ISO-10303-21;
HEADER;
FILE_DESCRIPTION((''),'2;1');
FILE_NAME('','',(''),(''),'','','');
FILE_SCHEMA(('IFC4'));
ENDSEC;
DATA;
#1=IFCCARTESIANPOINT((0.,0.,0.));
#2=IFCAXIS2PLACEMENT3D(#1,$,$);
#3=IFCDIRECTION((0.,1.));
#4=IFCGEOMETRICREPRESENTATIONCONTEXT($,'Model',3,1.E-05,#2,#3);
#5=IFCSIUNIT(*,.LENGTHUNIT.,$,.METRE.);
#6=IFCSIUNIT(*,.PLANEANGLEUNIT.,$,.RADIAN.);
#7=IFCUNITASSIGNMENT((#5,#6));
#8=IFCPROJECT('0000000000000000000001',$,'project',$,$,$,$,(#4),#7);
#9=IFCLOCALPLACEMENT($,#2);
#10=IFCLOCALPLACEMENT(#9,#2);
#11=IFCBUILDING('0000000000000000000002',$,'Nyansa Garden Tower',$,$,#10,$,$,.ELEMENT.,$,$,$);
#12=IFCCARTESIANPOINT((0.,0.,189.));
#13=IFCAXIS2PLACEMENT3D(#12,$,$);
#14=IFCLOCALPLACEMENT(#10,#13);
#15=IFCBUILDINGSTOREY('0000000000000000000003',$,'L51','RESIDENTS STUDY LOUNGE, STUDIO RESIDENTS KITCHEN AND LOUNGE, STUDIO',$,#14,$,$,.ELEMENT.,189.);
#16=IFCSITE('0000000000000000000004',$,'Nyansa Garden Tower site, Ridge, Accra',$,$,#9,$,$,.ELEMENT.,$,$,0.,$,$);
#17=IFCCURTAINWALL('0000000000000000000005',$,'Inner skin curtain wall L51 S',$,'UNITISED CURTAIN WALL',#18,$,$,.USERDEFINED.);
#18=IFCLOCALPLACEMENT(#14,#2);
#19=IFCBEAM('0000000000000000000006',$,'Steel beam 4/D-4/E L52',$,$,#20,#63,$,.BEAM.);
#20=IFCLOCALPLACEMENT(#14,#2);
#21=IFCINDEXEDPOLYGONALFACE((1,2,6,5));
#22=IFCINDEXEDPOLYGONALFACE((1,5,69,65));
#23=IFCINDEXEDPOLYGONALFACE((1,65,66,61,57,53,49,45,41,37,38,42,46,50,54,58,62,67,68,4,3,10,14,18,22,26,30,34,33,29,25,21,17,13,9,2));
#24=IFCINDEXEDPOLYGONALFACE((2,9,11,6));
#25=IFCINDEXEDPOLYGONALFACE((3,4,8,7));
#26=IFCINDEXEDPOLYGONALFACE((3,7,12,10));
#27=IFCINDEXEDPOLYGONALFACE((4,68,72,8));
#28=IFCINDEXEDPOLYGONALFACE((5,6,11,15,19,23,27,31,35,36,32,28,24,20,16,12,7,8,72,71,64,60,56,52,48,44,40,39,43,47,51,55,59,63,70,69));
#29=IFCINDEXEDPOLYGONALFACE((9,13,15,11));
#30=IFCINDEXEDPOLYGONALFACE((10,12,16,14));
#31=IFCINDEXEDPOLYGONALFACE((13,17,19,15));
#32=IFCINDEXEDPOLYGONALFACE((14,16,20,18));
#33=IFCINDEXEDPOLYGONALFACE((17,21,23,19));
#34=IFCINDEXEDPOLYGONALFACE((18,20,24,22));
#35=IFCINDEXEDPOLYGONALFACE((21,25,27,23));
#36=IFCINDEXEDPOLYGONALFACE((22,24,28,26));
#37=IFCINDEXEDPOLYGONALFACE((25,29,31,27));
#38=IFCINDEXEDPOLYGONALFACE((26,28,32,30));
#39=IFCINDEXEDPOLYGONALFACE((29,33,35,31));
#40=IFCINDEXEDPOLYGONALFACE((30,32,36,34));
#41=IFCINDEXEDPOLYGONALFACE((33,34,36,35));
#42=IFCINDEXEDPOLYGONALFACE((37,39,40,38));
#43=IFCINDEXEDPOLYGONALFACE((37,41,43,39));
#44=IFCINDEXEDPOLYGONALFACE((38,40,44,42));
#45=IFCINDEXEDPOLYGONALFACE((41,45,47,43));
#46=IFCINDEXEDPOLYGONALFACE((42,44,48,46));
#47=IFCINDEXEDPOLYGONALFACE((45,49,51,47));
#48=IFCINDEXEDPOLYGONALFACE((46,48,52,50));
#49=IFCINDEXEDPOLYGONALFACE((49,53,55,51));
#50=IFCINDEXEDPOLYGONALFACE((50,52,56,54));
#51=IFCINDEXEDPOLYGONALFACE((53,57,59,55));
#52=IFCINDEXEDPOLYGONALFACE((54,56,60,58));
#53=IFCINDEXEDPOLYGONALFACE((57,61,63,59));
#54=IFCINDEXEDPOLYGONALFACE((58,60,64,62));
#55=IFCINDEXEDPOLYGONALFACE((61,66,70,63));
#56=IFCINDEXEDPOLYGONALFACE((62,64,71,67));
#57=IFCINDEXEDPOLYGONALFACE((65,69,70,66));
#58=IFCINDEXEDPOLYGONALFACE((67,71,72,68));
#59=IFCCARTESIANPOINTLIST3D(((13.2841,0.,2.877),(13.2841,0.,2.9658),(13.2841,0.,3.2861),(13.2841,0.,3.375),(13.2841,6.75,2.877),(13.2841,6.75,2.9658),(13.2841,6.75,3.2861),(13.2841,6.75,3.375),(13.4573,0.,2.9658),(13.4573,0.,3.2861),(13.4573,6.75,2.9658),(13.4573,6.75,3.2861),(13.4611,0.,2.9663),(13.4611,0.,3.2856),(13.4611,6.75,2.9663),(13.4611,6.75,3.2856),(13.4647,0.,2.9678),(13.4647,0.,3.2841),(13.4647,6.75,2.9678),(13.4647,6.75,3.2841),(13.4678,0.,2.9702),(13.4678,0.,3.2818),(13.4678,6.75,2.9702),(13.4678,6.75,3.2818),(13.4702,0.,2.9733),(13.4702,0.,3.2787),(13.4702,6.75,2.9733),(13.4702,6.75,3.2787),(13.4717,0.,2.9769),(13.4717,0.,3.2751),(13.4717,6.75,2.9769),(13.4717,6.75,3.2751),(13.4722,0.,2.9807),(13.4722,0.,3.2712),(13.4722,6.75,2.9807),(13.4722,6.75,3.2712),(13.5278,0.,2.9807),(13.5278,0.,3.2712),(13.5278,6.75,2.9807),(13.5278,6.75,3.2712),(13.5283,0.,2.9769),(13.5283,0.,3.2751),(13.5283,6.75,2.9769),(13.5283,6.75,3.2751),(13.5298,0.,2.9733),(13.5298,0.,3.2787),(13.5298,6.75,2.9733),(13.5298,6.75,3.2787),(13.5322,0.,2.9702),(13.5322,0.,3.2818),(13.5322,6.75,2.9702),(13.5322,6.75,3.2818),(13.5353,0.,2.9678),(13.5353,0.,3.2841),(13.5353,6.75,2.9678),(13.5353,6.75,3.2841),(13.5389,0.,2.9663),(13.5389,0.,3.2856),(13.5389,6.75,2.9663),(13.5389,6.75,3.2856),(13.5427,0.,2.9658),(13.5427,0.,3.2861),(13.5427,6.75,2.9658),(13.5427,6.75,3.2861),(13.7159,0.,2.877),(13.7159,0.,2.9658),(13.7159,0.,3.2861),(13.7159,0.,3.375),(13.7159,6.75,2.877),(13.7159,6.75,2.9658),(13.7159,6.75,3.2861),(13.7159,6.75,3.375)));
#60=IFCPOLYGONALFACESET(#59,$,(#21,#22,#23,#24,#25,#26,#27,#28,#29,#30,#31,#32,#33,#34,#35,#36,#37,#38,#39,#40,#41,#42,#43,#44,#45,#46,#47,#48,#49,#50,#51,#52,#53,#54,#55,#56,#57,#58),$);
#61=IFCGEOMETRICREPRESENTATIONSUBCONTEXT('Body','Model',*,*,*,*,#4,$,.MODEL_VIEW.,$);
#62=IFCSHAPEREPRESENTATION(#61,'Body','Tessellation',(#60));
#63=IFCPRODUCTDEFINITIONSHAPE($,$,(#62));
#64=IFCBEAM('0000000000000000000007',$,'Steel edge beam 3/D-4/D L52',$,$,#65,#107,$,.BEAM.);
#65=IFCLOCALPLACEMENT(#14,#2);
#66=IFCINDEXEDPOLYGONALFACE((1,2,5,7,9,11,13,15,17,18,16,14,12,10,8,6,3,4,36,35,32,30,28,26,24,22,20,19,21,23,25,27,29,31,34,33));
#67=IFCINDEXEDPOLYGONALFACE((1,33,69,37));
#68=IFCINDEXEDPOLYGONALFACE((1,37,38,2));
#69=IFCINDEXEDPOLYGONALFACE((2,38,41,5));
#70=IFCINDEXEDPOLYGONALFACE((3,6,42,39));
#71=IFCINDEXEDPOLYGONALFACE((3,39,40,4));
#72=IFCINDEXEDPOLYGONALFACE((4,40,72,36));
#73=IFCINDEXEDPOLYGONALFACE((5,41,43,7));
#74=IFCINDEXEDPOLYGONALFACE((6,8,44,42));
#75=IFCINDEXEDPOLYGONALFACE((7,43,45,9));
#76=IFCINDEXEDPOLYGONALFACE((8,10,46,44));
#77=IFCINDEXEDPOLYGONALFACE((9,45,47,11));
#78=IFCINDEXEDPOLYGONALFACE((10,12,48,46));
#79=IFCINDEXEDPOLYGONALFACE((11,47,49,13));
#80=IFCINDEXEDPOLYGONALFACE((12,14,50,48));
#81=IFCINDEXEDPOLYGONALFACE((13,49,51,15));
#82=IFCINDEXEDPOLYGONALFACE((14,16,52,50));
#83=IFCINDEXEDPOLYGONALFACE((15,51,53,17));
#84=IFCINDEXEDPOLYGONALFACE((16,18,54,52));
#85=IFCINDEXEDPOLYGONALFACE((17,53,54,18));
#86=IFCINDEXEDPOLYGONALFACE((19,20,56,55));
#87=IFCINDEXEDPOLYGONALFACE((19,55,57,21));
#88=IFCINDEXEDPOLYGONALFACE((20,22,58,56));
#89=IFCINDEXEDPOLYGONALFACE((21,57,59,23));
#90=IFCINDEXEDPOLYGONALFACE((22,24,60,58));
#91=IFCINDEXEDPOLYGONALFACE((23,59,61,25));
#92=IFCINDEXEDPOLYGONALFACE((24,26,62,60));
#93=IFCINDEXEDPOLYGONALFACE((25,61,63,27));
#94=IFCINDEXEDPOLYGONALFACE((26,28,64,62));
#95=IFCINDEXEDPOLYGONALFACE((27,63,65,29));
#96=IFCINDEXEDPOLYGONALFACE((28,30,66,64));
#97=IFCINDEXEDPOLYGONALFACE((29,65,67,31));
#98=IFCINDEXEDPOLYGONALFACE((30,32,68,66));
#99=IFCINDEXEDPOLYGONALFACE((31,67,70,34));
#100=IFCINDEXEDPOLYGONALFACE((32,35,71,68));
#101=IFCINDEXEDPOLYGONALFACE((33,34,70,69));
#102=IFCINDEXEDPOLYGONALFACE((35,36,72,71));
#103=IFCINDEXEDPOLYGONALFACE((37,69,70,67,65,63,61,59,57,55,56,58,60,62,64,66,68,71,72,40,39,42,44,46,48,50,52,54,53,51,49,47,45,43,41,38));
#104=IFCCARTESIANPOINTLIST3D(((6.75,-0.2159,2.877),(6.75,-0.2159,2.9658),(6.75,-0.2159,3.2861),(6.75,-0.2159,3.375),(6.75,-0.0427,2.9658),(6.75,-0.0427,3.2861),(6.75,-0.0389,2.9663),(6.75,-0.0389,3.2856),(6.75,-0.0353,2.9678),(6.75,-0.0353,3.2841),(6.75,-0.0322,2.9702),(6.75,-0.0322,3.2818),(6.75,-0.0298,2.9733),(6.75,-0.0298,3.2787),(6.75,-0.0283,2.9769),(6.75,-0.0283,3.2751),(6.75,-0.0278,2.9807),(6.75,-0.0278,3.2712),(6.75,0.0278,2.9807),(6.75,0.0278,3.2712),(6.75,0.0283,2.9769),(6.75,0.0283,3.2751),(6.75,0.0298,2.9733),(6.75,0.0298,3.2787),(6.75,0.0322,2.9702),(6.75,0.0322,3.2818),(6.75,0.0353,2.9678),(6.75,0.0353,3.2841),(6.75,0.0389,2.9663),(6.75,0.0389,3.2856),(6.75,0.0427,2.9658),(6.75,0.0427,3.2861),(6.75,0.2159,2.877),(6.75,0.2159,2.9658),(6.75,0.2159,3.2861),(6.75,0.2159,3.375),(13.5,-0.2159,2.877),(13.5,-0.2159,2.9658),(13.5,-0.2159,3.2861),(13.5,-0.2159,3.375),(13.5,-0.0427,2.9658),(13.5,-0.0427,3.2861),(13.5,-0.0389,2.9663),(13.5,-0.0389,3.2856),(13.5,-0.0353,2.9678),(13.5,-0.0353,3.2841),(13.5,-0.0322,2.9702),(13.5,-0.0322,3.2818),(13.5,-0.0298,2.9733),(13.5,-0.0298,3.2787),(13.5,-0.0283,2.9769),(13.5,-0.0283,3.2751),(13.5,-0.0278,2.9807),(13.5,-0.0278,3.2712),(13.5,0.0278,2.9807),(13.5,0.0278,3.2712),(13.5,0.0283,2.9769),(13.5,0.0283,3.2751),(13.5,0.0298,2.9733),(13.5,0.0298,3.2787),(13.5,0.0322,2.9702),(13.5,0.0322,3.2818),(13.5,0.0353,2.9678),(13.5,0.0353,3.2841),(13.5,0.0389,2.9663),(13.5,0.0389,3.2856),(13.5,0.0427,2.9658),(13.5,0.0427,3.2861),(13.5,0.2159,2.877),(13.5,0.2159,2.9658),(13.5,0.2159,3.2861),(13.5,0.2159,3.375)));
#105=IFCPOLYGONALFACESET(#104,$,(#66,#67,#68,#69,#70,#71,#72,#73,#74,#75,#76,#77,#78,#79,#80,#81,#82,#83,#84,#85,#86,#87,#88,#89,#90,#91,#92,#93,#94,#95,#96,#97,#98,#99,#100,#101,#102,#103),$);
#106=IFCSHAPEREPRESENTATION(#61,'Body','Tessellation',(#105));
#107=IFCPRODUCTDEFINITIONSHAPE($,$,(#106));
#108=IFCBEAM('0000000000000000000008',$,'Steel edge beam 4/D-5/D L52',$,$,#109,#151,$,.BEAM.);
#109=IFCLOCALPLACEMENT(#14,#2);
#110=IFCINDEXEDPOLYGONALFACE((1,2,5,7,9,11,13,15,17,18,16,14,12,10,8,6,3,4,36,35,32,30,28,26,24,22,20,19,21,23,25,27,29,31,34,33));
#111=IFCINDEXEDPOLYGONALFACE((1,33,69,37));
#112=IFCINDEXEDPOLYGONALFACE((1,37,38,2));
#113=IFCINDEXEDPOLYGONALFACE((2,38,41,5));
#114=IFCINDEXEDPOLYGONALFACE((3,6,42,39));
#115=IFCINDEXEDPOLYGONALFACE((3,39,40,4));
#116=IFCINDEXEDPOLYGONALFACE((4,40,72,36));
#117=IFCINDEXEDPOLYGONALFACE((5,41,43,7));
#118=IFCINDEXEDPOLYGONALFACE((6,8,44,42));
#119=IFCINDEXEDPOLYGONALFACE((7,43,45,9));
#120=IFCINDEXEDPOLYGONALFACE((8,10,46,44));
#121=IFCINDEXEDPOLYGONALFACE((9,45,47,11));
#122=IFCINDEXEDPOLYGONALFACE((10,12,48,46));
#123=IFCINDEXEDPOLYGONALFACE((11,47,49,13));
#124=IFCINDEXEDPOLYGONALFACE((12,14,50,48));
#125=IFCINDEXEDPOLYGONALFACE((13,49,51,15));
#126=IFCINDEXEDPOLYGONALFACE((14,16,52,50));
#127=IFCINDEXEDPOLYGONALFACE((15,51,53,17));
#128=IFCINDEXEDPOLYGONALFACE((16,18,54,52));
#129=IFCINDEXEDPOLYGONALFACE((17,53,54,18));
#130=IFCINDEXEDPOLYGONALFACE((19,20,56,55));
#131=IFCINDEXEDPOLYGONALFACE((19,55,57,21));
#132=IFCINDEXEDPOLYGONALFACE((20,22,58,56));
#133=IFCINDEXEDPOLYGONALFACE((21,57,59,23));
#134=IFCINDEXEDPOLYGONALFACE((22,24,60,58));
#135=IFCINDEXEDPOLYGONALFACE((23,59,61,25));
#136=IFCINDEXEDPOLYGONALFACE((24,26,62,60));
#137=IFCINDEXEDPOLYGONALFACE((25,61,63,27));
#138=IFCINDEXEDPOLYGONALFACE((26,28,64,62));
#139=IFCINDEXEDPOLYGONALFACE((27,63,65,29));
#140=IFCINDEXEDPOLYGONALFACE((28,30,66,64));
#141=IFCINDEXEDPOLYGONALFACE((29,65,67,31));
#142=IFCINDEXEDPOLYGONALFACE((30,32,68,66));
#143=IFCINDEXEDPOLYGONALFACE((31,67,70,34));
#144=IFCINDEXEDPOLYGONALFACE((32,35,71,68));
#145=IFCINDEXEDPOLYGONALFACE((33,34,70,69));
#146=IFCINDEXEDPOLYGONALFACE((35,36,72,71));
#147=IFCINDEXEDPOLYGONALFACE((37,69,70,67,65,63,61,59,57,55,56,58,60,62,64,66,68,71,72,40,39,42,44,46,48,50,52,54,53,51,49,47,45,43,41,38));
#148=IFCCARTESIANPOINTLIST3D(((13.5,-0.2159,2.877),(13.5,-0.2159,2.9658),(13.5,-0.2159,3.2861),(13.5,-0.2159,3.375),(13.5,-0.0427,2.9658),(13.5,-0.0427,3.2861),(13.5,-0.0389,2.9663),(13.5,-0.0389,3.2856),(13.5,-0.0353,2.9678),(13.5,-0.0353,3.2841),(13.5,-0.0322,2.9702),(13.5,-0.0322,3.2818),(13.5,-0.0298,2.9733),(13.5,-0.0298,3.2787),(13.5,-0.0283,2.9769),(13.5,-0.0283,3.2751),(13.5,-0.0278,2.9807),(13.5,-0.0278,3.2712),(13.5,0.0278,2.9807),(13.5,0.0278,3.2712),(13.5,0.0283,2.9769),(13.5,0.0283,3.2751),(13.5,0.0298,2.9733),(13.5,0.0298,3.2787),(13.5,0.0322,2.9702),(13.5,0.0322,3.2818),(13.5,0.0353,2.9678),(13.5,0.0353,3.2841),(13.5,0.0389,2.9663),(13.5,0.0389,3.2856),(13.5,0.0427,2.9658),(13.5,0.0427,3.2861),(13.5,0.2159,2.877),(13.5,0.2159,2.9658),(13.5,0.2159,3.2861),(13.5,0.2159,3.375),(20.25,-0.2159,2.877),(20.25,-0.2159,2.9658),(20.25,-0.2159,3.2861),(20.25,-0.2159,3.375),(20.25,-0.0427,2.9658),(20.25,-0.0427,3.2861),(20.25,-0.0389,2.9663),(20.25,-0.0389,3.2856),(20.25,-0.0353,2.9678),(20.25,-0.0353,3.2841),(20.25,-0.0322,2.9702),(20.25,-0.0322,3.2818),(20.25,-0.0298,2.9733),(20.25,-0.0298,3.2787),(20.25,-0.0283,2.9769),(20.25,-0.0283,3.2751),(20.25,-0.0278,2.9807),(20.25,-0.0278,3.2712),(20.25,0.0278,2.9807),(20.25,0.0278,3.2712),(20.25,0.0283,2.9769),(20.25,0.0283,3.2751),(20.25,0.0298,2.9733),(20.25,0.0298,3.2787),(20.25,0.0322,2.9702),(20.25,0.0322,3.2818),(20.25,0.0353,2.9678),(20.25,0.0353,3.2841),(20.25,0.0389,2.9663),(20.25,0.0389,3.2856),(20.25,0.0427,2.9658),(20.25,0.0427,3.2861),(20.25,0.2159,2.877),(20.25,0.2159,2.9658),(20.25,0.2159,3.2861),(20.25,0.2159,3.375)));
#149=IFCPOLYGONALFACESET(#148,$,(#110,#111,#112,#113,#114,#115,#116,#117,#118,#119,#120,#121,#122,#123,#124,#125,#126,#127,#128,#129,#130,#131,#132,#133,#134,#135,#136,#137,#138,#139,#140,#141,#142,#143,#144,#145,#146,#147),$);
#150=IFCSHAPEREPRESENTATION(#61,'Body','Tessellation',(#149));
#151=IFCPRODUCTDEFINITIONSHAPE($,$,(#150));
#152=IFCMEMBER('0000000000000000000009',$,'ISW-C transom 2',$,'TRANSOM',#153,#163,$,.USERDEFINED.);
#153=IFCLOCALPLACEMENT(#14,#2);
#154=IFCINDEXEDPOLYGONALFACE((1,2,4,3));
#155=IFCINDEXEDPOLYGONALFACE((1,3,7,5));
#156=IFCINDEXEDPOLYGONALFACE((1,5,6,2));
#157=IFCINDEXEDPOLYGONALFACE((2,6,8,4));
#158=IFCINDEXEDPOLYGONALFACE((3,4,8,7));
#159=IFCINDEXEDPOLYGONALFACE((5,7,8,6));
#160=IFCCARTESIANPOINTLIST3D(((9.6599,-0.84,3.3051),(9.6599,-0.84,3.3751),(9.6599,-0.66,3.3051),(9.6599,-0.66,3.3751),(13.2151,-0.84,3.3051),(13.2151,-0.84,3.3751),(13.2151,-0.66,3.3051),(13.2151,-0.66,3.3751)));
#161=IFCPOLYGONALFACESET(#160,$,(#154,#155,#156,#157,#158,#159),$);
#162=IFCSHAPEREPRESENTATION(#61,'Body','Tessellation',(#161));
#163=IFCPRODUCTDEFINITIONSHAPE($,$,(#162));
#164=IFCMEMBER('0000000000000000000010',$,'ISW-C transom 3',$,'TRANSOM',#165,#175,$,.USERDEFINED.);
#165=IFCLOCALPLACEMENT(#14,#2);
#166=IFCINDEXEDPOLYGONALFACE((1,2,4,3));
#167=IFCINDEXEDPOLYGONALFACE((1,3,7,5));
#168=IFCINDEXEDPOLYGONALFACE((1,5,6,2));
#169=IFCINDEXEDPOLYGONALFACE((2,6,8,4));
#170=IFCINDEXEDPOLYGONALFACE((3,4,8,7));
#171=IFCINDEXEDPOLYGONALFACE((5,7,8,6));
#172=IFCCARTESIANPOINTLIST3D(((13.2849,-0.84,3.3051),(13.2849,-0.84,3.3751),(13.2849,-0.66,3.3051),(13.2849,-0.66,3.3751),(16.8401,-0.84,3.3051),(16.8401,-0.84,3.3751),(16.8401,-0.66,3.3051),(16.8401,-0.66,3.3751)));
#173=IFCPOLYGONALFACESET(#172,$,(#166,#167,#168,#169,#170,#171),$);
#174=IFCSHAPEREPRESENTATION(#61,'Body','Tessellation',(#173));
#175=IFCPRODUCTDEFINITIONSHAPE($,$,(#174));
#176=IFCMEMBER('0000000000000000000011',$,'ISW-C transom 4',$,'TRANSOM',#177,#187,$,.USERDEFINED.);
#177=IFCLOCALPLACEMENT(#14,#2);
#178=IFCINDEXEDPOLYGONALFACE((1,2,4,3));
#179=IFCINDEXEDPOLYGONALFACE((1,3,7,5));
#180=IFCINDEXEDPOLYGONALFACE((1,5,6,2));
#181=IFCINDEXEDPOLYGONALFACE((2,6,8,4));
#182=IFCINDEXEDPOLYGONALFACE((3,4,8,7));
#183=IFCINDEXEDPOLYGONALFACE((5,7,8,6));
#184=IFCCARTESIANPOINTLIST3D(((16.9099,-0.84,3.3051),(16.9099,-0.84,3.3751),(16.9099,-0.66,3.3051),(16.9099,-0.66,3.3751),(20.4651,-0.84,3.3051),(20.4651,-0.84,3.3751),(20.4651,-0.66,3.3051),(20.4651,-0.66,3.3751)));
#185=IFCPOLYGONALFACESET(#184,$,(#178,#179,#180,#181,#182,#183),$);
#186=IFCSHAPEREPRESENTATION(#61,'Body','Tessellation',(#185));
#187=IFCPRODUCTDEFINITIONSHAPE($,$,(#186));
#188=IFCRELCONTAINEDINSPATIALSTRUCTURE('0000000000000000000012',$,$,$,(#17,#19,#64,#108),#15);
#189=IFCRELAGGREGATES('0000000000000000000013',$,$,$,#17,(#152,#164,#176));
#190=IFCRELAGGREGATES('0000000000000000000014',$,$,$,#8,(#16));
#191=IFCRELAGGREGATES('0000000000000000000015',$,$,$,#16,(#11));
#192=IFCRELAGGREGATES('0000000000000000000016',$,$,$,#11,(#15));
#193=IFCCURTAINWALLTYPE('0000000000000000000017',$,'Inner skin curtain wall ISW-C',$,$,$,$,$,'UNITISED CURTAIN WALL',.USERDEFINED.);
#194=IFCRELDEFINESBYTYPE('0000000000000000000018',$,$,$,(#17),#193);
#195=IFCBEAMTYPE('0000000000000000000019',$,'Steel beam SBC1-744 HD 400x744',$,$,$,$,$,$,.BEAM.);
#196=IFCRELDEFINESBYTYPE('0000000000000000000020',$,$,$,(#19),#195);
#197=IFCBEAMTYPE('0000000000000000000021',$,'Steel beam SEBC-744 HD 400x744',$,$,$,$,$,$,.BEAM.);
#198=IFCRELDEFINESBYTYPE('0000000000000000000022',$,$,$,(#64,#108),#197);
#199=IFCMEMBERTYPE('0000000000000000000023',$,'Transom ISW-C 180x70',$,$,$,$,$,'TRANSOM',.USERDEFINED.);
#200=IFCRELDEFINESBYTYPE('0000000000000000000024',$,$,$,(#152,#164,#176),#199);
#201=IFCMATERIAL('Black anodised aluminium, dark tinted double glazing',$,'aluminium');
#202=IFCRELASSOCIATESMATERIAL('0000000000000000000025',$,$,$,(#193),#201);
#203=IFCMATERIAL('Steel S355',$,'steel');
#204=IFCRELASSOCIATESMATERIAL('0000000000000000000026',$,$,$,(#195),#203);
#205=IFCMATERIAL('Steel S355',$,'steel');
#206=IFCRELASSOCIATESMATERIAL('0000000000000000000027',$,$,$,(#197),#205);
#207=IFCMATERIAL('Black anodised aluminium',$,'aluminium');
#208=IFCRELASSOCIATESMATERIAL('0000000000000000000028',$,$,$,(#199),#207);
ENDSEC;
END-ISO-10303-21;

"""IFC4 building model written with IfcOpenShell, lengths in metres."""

from ifc_helpers import new_model, si_unit, direction, frame, origin, origin_2d, place, context, subcontext, project, spatial, rectangle, i_section, extrude, material, material_profile, profile_set, type_object, element, aggregate, save


model = new_model("IFC4")

# Units and contexts
model_context = context("Model", 3, precision=1e-05, world=origin(), true_north=direction((0.0, 1.0)))
body_context = subcontext(model_context, "Body", "Model", "MODEL_VIEW")
ifc_project = project(units=[si_unit("LENGTHUNIT", "METRE"), si_unit("PLANEANGLEUNIT", "RADIAN")], contexts=[model_context])

# Site, building, storey
site_placement = place(None, origin())
site = spatial("IfcSite", under=ifc_project, at=site_placement, Name="Nyansa Garden Tower site, Ridge, Accra", CompositionType="ELEMENT", RefElevation=0.0)
building_placement = place(site_placement, origin())
building = spatial("IfcBuilding", under=site, at=building_placement, Name="Nyansa Garden Tower", CompositionType="ELEMENT")
storey_placement = place(building_placement, frame((0.0, 0.0, 189.0)))
storey = spatial("IfcBuildingStorey", under=building, at=storey_placement, Name="L51", Description="RESIDENTS STUDY LOUNGE, STUDIO RESIDENTS KITCHEN AND LOUNGE, STUDIO", CompositionType="ELEMENT", Elevation=189.0)

# Curtain wall
ifc_material_1 = material(Name="Black anodised aluminium, dark tinted double glazing", Category="aluminium")
curtain_wall_type = type_object("IfcCurtainWallType", Name="Inner skin curtain wall ISW-C", ElementType="UNITISED CURTAIN WALL", PredefinedType="USERDEFINED", material=ifc_material_1)
curtain_wall_placement = place(storey_placement, origin())
curtain_wall = element("IfcCurtainWall", 1, at=curtain_wall_placement, inside=storey, type_object=curtain_wall_type, Name="Inner skin curtain wall L51 S", ObjectType="UNITISED CURTAIN WALL", PredefinedType="USERDEFINED")

# Beams
ifc_material_2 = material(Name="Steel S355", Category="steel")
ifc_material_profile_1 = material_profile(ifc_material_2, i_section(OverallWidth=0.4319, OverallDepth=0.498, WebThickness=0.0557, FlangeThickness=0.0889, FilletRadius=0.0149, at=origin_2d()), Name="HD 400x744")
ifc_profile_set_1 = profile_set([ifc_material_profile_1], Name="Steel S355")
beam_type_1 = type_object("IfcBeamType", Name="Steel beam SBC1-744 HD 400x744", PredefinedType="BEAM", material=ifc_profile_set_1)
for number, where, z_axis, x_axis, name in (
    (2, (13.5, 0.0, 3.126), (0.0, 1.0, 0.0), (-1.0, 0.0, 0.0), "Steel beam 4/D-4/E L52"),
):
    element("IfcBeam", number, at=place(storey_placement, frame(where, z_axis=z_axis, x_axis=x_axis)), inside=storey, type_object=beam_type_1, Name=name, PredefinedType="BEAM", context=body_context, shape_type="SweptSolid", body=[
        extrude(i_section(OverallWidth=0.4319, OverallDepth=0.498, WebThickness=0.0557, FlangeThickness=0.0889, FilletRadius=0.0149, at=origin_2d()), origin(), (0.0, 0.0, 1.0), 6.75),
    ])
ifc_material_3 = material(Name="Steel S355", Category="steel")
ifc_material_profile_2 = material_profile(ifc_material_3, i_section(OverallWidth=0.4319, OverallDepth=0.498, WebThickness=0.0557, FlangeThickness=0.0889, FilletRadius=0.0149, at=origin_2d()), Name="HD 400x744")
ifc_profile_set_2 = profile_set([ifc_material_profile_2], Name="Steel S355")
beam_type_2 = type_object("IfcBeamType", Name="Steel beam SEBC-744 HD 400x744", PredefinedType="BEAM", material=ifc_profile_set_2)
for number, where, z_axis, x_axis, name in (
    (3, (6.75, 0.0, 3.126), (1.0, 0.0, 0.0), (0.0, 1.0, 0.0), "Steel edge beam 3/D-4/D L52"),
    (4, (13.5, 0.0, 3.126), (1.0, 0.0, 0.0), (0.0, 1.0, 0.0), "Steel edge beam 4/D-5/D L52"),
):
    element("IfcBeam", number, at=place(storey_placement, frame(where, z_axis=z_axis, x_axis=x_axis)), inside=storey, type_object=beam_type_2, Name=name, PredefinedType="BEAM", context=body_context, shape_type="SweptSolid", body=[
        extrude(i_section(OverallWidth=0.4319, OverallDepth=0.498, WebThickness=0.0557, FlangeThickness=0.0889, FilletRadius=0.0149, at=origin_2d()), origin(), (0.0, 0.0, 1.0), 6.75),
    ])

# Members
ifc_material_4 = material(Name="Black anodised aluminium", Category="aluminium")
ifc_material_profile_3 = material_profile(ifc_material_4, rectangle(XDim=0.1799, YDim=0.0701, at=origin_2d()), Name="Transom 180x70")
ifc_profile_set_3 = profile_set([ifc_material_profile_3], Name="Black anodised aluminium")
member_type_1 = type_object("IfcMemberType", Name="Transom ISW-C 180x70", ElementType="TRANSOM", PredefinedType="USERDEFINED", material=ifc_profile_set_3)
member_1_placement = place(storey_placement, frame((9.6599, -0.75, 3.3401), z_axis=(1.0, 0.0, 0.0), x_axis=(0.0, 1.0, 0.0)))
member_1 = element("IfcMember", 5, at=member_1_placement, type_object=member_type_1, Name="ISW-C transom 2", ObjectType="TRANSOM", PredefinedType="USERDEFINED", context=body_context, shape_type="SweptSolid", body=[
    extrude(rectangle(XDim=0.1799, YDim=0.0701, at=origin_2d()), origin(), (0.0, 0.0, 1.0), 3.5552),
])
member_2_placement = place(storey_placement, frame((13.2849, -0.75, 3.3401), z_axis=(1.0, 0.0, 0.0), x_axis=(0.0, 1.0, 0.0)))
member_2 = element("IfcMember", 6, at=member_2_placement, type_object=member_type_1, Name="ISW-C transom 3", ObjectType="TRANSOM", PredefinedType="USERDEFINED", context=body_context, shape_type="SweptSolid", body=[
    extrude(rectangle(XDim=0.1799, YDim=0.0701, at=origin_2d()), origin(), (0.0, 0.0, 1.0), 3.5552),
])
member_3_placement = place(storey_placement, frame((16.9099, -0.75, 3.3401), z_axis=(1.0, 0.0, 0.0), x_axis=(0.0, 1.0, 0.0)))
member_3 = element("IfcMember", 7, at=member_3_placement, type_object=member_type_1, Name="ISW-C transom 4", ObjectType="TRANSOM", PredefinedType="USERDEFINED", context=body_context, shape_type="SweptSolid", body=[
    extrude(rectangle(XDim=0.1799, YDim=0.0701, at=origin_2d()), origin(), (0.0, 0.0, 1.0), 3.5552),
])

aggregate(curtain_wall, [member_1, member_2, member_3])

save(model, "model.ifc")
